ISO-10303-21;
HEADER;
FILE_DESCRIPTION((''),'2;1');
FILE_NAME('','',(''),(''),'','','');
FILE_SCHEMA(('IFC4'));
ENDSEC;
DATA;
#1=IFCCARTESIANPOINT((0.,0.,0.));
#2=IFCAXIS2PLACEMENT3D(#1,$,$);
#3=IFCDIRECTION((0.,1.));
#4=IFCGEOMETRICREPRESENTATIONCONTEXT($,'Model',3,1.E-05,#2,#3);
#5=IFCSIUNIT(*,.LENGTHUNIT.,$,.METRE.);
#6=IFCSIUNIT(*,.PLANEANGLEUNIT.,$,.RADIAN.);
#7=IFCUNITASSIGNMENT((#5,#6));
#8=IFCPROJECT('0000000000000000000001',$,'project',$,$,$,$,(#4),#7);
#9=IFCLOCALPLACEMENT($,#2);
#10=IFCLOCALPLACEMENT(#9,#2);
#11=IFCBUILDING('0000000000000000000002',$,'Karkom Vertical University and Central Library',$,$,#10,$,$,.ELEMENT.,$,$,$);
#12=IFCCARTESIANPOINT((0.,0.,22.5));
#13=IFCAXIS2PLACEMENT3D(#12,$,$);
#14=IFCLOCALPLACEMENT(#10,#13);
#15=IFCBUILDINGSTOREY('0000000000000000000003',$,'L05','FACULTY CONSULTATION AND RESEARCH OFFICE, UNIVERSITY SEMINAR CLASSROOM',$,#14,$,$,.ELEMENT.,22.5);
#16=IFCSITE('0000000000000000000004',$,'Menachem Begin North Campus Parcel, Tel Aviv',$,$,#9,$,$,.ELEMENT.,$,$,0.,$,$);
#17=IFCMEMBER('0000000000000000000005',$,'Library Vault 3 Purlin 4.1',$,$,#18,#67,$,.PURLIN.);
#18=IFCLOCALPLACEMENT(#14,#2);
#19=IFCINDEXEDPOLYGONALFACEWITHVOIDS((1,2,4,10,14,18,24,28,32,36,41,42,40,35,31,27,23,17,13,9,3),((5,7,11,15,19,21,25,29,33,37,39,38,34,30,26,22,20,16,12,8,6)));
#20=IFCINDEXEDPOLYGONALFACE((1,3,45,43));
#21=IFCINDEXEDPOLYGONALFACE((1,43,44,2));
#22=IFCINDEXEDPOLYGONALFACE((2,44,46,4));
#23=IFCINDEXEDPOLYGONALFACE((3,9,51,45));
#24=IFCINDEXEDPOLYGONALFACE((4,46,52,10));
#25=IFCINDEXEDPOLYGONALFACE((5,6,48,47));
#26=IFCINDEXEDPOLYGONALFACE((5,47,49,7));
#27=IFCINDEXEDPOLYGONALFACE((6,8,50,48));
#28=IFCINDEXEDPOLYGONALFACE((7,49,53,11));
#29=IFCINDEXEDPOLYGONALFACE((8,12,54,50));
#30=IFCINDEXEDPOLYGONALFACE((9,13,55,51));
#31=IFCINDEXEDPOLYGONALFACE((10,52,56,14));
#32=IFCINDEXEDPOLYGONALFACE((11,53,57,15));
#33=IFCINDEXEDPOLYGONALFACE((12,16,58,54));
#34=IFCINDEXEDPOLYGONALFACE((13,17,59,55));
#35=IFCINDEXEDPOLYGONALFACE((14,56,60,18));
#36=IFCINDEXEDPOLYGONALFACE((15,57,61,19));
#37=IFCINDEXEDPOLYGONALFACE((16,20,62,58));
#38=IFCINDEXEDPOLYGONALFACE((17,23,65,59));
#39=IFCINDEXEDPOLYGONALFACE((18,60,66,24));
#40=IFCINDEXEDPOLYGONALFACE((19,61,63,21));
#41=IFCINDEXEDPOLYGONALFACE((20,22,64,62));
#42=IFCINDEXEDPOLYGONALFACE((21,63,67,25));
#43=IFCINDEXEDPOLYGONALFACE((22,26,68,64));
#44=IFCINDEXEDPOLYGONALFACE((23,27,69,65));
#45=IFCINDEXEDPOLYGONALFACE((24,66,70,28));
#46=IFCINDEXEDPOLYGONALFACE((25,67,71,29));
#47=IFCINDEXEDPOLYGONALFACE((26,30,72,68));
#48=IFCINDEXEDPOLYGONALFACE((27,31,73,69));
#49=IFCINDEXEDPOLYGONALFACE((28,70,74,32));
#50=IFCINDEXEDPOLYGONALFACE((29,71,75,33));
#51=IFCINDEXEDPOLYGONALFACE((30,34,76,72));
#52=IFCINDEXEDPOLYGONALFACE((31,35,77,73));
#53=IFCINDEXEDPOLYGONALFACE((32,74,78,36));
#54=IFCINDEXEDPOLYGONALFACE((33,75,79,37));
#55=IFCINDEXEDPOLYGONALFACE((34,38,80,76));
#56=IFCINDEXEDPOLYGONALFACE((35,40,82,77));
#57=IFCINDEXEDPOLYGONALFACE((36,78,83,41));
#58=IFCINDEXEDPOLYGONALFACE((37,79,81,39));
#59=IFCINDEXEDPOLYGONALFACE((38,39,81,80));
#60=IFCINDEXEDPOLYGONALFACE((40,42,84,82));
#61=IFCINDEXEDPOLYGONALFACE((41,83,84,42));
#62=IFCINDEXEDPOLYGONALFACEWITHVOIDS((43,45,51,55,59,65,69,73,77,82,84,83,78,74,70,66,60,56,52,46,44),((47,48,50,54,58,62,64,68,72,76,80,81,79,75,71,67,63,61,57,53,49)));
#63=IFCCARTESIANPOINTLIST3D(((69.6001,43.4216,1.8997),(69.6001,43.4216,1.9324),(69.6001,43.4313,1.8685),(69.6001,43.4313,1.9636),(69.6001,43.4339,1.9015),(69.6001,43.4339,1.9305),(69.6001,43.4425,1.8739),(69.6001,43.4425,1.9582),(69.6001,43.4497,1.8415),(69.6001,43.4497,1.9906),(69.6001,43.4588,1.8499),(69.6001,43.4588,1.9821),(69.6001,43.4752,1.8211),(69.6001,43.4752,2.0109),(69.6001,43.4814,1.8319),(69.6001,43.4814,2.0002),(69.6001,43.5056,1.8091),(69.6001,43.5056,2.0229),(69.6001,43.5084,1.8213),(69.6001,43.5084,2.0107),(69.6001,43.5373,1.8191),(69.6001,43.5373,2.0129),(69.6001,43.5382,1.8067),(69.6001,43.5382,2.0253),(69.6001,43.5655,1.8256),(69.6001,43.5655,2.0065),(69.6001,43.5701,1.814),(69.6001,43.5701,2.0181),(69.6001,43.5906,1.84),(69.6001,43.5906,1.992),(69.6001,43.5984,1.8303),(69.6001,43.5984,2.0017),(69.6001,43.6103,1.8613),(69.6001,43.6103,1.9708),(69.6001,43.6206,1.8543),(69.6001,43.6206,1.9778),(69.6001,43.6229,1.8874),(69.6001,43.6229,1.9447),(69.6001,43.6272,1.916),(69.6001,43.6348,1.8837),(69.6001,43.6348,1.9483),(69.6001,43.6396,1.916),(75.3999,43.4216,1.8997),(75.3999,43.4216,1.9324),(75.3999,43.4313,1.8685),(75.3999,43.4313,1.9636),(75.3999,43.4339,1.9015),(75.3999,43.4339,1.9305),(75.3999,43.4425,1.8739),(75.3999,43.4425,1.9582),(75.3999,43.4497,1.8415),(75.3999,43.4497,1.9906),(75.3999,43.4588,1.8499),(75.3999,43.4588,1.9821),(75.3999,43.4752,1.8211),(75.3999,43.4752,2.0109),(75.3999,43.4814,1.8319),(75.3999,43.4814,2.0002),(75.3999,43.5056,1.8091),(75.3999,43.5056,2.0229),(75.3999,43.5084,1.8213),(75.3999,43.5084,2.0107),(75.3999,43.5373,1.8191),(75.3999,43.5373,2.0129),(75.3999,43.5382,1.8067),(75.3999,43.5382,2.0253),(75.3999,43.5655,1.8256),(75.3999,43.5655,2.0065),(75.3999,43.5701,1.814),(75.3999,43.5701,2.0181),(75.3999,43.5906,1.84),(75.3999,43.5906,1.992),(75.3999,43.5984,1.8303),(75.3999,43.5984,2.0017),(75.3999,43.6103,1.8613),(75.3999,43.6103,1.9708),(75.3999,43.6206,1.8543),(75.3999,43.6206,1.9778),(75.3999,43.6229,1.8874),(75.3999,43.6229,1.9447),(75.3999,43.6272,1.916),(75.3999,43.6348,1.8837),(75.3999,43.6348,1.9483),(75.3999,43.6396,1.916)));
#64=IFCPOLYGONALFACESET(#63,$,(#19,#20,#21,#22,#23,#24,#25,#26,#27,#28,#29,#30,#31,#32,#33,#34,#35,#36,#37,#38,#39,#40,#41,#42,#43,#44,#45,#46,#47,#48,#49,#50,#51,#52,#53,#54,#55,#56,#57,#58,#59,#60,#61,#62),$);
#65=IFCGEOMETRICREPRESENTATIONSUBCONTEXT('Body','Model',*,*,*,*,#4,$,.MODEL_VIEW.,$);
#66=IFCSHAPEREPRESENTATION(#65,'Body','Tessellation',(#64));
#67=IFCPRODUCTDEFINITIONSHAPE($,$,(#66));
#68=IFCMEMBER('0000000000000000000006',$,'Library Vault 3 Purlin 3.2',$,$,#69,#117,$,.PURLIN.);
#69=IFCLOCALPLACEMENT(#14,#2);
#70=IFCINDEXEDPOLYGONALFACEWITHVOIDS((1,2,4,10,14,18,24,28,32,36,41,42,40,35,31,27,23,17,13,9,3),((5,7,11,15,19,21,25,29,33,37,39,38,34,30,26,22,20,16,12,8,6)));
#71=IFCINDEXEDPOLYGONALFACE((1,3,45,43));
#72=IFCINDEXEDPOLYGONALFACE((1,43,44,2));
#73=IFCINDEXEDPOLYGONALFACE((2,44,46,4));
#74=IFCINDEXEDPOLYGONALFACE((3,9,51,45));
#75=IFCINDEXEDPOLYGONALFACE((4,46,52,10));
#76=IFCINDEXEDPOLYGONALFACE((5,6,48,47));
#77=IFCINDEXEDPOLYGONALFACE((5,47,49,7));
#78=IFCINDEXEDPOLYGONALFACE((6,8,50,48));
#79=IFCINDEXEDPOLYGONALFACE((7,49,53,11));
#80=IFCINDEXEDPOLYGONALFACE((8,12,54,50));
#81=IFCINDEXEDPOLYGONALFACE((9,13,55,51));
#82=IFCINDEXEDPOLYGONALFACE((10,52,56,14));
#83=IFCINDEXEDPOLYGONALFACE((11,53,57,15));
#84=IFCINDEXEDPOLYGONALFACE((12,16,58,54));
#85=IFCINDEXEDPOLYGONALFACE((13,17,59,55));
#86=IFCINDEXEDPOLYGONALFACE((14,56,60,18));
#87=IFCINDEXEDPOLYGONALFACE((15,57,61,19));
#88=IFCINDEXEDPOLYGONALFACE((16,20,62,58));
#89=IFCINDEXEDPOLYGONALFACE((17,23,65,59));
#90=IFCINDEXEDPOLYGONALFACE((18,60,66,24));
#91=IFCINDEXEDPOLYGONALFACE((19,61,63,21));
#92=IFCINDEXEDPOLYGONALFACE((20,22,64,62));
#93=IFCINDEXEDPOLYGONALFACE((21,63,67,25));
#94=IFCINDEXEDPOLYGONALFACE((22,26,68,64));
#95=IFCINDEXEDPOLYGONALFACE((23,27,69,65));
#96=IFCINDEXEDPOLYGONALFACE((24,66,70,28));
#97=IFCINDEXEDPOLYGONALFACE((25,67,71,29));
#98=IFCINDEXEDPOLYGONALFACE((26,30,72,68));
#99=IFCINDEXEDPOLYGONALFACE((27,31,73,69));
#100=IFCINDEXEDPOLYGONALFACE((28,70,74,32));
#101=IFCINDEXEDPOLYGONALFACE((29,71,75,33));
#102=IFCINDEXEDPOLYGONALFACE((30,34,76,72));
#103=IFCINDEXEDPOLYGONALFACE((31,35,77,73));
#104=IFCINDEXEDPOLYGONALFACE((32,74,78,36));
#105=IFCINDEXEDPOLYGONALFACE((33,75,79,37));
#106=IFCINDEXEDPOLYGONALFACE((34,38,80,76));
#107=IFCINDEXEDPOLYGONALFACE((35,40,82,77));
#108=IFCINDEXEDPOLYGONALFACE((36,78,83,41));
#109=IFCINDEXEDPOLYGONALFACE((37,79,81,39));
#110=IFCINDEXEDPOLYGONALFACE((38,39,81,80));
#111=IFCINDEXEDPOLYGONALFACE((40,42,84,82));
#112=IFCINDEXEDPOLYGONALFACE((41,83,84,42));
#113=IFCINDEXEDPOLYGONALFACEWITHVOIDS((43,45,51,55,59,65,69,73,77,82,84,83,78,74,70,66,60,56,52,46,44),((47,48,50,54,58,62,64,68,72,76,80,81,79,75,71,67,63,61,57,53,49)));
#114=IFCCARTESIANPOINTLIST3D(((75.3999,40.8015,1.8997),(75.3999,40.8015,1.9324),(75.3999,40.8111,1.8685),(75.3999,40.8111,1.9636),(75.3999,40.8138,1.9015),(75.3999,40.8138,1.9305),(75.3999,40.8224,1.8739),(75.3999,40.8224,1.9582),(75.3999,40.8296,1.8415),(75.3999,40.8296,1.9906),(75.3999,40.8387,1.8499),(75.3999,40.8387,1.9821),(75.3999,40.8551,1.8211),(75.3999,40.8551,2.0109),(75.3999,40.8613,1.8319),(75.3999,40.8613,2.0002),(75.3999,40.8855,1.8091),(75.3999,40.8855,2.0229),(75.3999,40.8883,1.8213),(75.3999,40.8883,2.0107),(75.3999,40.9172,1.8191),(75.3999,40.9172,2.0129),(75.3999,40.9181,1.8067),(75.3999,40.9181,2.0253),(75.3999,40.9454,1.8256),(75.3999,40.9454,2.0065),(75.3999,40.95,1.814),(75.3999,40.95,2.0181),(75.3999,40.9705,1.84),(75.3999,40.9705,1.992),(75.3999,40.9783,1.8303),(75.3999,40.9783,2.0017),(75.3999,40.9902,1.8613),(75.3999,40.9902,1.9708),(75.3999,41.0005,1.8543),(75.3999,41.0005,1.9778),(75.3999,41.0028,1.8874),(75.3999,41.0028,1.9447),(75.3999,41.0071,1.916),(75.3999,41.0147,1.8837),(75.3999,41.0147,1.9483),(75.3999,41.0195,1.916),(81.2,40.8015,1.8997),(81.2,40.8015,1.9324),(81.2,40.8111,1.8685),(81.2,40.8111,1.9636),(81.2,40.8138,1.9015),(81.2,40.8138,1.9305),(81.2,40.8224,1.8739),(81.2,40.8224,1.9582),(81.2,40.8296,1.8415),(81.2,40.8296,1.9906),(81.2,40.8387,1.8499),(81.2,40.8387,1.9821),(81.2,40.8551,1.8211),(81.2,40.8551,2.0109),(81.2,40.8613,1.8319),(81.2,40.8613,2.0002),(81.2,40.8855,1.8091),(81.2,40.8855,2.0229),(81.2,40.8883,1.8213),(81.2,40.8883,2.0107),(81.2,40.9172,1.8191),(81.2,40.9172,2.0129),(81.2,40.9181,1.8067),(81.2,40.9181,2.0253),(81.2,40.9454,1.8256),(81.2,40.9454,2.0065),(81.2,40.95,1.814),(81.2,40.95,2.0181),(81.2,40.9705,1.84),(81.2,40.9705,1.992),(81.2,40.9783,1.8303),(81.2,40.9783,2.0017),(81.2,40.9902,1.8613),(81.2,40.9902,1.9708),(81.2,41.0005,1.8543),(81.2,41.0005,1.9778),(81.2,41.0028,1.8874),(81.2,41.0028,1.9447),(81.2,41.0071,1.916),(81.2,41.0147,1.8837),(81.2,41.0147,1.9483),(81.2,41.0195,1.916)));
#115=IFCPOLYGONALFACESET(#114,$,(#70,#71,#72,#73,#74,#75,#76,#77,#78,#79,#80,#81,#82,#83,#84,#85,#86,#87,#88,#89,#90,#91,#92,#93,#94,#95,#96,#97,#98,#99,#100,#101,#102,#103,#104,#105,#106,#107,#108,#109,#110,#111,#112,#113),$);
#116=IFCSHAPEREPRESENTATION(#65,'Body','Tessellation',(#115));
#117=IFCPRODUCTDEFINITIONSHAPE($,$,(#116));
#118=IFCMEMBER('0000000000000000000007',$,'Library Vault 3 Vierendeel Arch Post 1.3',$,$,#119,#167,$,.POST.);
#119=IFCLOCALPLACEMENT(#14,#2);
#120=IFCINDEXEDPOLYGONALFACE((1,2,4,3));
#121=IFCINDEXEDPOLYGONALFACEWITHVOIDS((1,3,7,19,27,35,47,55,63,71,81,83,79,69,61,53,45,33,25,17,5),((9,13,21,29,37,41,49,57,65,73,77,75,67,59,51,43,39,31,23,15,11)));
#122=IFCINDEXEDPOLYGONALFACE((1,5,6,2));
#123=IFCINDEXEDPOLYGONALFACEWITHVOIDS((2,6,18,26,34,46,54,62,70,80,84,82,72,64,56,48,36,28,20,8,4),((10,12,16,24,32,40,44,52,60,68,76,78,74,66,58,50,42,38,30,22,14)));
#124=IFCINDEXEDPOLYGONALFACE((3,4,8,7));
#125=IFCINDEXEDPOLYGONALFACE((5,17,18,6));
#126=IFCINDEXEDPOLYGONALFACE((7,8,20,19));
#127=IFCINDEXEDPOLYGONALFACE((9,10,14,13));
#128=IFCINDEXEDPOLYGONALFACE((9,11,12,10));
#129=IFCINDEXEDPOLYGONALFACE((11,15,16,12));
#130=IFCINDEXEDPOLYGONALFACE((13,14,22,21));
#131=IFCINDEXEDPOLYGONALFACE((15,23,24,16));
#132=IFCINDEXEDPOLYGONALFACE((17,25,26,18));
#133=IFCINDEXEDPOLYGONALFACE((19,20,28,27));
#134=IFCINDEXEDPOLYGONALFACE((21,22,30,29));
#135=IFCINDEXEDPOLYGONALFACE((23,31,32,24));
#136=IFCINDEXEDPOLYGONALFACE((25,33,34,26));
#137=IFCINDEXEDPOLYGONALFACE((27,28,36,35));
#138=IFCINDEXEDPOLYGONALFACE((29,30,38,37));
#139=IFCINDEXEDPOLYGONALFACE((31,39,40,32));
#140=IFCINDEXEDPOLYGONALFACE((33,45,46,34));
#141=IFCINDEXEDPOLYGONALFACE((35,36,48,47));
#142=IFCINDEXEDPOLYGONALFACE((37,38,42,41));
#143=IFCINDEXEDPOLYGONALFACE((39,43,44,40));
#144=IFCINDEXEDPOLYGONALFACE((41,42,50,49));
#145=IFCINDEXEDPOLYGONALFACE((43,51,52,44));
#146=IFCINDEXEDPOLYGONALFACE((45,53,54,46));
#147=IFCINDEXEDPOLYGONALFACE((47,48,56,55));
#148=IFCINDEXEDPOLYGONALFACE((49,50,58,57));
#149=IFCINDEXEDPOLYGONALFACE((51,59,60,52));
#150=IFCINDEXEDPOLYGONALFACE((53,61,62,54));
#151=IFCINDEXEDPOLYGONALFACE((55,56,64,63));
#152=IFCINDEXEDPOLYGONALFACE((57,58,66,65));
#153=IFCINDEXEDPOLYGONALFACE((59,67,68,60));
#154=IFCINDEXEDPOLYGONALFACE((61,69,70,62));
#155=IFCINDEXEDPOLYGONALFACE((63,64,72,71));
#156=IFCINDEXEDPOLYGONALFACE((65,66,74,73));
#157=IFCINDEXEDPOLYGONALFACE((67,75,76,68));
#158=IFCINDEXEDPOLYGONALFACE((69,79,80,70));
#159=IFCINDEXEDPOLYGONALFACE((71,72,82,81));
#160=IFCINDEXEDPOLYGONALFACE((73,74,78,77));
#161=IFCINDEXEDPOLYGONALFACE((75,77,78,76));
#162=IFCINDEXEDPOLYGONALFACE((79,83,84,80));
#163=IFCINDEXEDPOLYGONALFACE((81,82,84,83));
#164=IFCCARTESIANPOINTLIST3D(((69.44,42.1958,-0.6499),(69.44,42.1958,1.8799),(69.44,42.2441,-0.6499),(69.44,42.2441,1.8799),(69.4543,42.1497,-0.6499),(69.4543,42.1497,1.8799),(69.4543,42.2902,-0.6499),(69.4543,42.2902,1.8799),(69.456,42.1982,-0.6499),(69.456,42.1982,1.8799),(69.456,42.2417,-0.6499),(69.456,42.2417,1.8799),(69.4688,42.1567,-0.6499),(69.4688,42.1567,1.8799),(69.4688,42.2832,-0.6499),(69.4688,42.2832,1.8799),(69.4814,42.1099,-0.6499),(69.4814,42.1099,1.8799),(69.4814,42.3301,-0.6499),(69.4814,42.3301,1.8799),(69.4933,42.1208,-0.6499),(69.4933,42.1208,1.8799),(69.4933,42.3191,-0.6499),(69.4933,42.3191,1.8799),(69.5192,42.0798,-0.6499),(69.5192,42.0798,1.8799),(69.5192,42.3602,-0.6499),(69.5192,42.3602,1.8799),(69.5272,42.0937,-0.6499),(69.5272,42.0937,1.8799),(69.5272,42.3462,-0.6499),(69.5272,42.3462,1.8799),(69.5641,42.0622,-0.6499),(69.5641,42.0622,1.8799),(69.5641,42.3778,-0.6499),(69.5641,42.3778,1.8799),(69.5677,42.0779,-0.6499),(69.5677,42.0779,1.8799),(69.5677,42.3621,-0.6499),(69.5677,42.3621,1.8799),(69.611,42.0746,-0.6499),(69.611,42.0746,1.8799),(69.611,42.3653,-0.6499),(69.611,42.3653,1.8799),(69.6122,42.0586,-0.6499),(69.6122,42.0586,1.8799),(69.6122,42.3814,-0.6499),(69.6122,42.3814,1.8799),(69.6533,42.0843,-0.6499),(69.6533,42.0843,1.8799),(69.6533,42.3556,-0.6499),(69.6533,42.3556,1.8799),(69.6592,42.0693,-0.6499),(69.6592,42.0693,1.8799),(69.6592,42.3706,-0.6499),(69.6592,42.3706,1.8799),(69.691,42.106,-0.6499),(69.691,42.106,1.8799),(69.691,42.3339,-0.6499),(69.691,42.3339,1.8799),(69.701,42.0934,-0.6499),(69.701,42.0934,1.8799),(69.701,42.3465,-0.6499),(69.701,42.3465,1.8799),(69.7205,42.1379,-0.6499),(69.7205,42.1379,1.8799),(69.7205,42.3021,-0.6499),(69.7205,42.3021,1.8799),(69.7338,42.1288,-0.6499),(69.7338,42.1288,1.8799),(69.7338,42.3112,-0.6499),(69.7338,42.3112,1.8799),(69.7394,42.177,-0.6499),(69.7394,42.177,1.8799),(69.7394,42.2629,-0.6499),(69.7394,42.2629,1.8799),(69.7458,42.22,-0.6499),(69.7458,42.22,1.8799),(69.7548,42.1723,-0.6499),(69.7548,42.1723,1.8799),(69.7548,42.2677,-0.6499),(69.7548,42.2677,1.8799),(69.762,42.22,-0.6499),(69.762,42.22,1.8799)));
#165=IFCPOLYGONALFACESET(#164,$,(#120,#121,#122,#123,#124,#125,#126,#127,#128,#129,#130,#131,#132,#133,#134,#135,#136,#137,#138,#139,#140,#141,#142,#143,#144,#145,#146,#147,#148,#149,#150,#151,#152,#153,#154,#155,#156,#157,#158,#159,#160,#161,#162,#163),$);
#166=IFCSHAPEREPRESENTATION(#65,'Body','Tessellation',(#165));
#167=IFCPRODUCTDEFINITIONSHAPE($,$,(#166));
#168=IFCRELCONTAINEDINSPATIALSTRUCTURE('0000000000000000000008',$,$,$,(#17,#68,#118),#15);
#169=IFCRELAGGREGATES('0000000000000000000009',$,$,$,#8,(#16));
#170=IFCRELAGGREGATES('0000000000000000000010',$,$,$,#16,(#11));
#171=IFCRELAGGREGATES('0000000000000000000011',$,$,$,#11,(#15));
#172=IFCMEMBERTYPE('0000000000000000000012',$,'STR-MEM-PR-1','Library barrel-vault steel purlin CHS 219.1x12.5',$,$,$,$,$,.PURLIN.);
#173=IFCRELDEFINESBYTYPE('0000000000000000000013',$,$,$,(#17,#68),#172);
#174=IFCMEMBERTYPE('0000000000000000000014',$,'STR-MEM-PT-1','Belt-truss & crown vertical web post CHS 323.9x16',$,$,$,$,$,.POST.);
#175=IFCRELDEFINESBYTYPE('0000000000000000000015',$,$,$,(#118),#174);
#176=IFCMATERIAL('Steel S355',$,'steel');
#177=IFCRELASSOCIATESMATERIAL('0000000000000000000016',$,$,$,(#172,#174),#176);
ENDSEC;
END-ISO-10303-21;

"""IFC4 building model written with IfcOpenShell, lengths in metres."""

from ifc_helpers import new_model, si_unit, direction, frame, origin, origin_with_axes, origin_2d, place, context, subcontext, project, spatial, hollow_circle, extrude, source, transform, mapped, material, material_profile, profile_set, type_object, element, save


model = new_model("IFC4")

# Units and contexts
model_context = context("Model", 3, precision=1e-05, world=origin(), true_north=direction((0.0, 1.0)))
body_context = subcontext(model_context, "Body", "Model", "MODEL_VIEW")
ifc_project = project(units=[si_unit("LENGTHUNIT", "METRE"), si_unit("PLANEANGLEUNIT", "RADIAN")], contexts=[model_context])

# Site, building, storey
site_placement = place(None, origin())
site = spatial("IfcSite", under=ifc_project, at=site_placement, Name="Menachem Begin North Campus Parcel, Tel Aviv", CompositionType="ELEMENT", RefElevation=0.0)
building_placement = place(site_placement, origin())
building = spatial("IfcBuilding", under=site, at=building_placement, Name="Karkom Vertical University and Central Library", CompositionType="ELEMENT")
storey_placement = place(building_placement, frame((0.0, 0.0, 22.5)))
storey = spatial("IfcBuildingStorey", under=building, at=storey_placement, Name="L05", Description="FACULTY CONSULTATION AND RESEARCH OFFICE, UNIVERSITY SEMINAR CLASSROOM", CompositionType="ELEMENT", Elevation=22.5)

# Members
ifc_material_1 = material(Name="Steel S355", Category="steel")
ifc_material_profile_1 = material_profile(ifc_material_1, hollow_circle(Radius=0.1096, WallThickness=0.0125, at=origin_2d()), Name="CHS 219.1x12.5")
ifc_profile_set_1 = profile_set([ifc_material_profile_1], Name="Steel S355")
member_type_1 = type_object("IfcMemberType", Name="STR-MEM-PR-1", Description="Library barrel-vault steel purlin CHS 219.1x12.5", PredefinedType="PURLIN", material=ifc_profile_set_1)
shared_shape_1 = source(origin_with_axes(), body_context, "Body", "SweptSolid", [
    extrude(hollow_circle(Radius=0.1096, WallThickness=0.0125, at=origin_2d()), origin(), (0.0, 0.0, 1.0), 5.7998),
])
member_1_placement = place(storey_placement, frame((69.6001, 43.53, 1.916), z_axis=(1.0, 0.0, 0.0), x_axis=(0.0, 1.0, 0.0)))
element("IfcMember", 1, at=member_1_placement, inside=storey, type_object=member_type_1, Name="Library Vault 3 Purlin 4.1", PredefinedType="PURLIN", context=body_context, shape_type="MappedRepresentation", body=[
    mapped(shared_shape_1, transform((0.0, 0.0, 0.0), scale=1.0)),
])
shared_shape_2 = source(origin_with_axes(), body_context, "Body", "SweptSolid", [
    extrude(hollow_circle(Radius=0.1096, WallThickness=0.0125, at=origin_2d()), origin(), (0.0, 0.0, 1.0), 5.8),
])
member_2_placement = place(storey_placement, frame((75.3999, 40.9099, 1.916), z_axis=(1.0, 0.0, 0.0), x_axis=(0.0, 1.0, 0.0)))
element("IfcMember", 2, at=member_2_placement, inside=storey, type_object=member_type_1, Name="Library Vault 3 Purlin 3.2", PredefinedType="PURLIN", context=body_context, shape_type="MappedRepresentation", body=[
    mapped(shared_shape_2, transform((0.0, 0.0, 0.0), scale=1.0)),
])
ifc_material_profile_2 = material_profile(ifc_material_1, hollow_circle(Radius=0.1619, WallThickness=0.0161, at=origin_2d()), Name="CHS 323.9x16")
ifc_profile_set_2 = profile_set([ifc_material_profile_2], Name="Steel S355")
member_type_2 = type_object("IfcMemberType", Name="STR-MEM-PT-1", Description="Belt-truss & crown vertical web post CHS 323.9x16", PredefinedType="POST", material=ifc_profile_set_2)
shared_shape_3 = source(origin_with_axes(), body_context, "Body", "SweptSolid", [
    extrude(hollow_circle(Radius=0.1619, WallThickness=0.0161, at=origin_2d()), origin(), (0.0, 0.0, 1.0), 2.5298),
])
for number, where, z_axis, x_axis, name in (
    (3, (69.6001, 42.22, -0.6499), (0.0, 0.0, 1.0), (1.0, 0.0, 0.0), "Library Vault 3 Vierendeel Arch Post 1.3"),
):
    element("IfcMember", number, at=place(storey_placement, frame(where, z_axis=z_axis, x_axis=x_axis)), inside=storey, type_object=member_type_2, Name=name, PredefinedType="POST", context=body_context, shape_type="MappedRepresentation", body=[
        mapped(shared_shape_3, transform((0.0, 0.0, 0.0), scale=1.0)),
    ])

save(model, "model.ifc")
